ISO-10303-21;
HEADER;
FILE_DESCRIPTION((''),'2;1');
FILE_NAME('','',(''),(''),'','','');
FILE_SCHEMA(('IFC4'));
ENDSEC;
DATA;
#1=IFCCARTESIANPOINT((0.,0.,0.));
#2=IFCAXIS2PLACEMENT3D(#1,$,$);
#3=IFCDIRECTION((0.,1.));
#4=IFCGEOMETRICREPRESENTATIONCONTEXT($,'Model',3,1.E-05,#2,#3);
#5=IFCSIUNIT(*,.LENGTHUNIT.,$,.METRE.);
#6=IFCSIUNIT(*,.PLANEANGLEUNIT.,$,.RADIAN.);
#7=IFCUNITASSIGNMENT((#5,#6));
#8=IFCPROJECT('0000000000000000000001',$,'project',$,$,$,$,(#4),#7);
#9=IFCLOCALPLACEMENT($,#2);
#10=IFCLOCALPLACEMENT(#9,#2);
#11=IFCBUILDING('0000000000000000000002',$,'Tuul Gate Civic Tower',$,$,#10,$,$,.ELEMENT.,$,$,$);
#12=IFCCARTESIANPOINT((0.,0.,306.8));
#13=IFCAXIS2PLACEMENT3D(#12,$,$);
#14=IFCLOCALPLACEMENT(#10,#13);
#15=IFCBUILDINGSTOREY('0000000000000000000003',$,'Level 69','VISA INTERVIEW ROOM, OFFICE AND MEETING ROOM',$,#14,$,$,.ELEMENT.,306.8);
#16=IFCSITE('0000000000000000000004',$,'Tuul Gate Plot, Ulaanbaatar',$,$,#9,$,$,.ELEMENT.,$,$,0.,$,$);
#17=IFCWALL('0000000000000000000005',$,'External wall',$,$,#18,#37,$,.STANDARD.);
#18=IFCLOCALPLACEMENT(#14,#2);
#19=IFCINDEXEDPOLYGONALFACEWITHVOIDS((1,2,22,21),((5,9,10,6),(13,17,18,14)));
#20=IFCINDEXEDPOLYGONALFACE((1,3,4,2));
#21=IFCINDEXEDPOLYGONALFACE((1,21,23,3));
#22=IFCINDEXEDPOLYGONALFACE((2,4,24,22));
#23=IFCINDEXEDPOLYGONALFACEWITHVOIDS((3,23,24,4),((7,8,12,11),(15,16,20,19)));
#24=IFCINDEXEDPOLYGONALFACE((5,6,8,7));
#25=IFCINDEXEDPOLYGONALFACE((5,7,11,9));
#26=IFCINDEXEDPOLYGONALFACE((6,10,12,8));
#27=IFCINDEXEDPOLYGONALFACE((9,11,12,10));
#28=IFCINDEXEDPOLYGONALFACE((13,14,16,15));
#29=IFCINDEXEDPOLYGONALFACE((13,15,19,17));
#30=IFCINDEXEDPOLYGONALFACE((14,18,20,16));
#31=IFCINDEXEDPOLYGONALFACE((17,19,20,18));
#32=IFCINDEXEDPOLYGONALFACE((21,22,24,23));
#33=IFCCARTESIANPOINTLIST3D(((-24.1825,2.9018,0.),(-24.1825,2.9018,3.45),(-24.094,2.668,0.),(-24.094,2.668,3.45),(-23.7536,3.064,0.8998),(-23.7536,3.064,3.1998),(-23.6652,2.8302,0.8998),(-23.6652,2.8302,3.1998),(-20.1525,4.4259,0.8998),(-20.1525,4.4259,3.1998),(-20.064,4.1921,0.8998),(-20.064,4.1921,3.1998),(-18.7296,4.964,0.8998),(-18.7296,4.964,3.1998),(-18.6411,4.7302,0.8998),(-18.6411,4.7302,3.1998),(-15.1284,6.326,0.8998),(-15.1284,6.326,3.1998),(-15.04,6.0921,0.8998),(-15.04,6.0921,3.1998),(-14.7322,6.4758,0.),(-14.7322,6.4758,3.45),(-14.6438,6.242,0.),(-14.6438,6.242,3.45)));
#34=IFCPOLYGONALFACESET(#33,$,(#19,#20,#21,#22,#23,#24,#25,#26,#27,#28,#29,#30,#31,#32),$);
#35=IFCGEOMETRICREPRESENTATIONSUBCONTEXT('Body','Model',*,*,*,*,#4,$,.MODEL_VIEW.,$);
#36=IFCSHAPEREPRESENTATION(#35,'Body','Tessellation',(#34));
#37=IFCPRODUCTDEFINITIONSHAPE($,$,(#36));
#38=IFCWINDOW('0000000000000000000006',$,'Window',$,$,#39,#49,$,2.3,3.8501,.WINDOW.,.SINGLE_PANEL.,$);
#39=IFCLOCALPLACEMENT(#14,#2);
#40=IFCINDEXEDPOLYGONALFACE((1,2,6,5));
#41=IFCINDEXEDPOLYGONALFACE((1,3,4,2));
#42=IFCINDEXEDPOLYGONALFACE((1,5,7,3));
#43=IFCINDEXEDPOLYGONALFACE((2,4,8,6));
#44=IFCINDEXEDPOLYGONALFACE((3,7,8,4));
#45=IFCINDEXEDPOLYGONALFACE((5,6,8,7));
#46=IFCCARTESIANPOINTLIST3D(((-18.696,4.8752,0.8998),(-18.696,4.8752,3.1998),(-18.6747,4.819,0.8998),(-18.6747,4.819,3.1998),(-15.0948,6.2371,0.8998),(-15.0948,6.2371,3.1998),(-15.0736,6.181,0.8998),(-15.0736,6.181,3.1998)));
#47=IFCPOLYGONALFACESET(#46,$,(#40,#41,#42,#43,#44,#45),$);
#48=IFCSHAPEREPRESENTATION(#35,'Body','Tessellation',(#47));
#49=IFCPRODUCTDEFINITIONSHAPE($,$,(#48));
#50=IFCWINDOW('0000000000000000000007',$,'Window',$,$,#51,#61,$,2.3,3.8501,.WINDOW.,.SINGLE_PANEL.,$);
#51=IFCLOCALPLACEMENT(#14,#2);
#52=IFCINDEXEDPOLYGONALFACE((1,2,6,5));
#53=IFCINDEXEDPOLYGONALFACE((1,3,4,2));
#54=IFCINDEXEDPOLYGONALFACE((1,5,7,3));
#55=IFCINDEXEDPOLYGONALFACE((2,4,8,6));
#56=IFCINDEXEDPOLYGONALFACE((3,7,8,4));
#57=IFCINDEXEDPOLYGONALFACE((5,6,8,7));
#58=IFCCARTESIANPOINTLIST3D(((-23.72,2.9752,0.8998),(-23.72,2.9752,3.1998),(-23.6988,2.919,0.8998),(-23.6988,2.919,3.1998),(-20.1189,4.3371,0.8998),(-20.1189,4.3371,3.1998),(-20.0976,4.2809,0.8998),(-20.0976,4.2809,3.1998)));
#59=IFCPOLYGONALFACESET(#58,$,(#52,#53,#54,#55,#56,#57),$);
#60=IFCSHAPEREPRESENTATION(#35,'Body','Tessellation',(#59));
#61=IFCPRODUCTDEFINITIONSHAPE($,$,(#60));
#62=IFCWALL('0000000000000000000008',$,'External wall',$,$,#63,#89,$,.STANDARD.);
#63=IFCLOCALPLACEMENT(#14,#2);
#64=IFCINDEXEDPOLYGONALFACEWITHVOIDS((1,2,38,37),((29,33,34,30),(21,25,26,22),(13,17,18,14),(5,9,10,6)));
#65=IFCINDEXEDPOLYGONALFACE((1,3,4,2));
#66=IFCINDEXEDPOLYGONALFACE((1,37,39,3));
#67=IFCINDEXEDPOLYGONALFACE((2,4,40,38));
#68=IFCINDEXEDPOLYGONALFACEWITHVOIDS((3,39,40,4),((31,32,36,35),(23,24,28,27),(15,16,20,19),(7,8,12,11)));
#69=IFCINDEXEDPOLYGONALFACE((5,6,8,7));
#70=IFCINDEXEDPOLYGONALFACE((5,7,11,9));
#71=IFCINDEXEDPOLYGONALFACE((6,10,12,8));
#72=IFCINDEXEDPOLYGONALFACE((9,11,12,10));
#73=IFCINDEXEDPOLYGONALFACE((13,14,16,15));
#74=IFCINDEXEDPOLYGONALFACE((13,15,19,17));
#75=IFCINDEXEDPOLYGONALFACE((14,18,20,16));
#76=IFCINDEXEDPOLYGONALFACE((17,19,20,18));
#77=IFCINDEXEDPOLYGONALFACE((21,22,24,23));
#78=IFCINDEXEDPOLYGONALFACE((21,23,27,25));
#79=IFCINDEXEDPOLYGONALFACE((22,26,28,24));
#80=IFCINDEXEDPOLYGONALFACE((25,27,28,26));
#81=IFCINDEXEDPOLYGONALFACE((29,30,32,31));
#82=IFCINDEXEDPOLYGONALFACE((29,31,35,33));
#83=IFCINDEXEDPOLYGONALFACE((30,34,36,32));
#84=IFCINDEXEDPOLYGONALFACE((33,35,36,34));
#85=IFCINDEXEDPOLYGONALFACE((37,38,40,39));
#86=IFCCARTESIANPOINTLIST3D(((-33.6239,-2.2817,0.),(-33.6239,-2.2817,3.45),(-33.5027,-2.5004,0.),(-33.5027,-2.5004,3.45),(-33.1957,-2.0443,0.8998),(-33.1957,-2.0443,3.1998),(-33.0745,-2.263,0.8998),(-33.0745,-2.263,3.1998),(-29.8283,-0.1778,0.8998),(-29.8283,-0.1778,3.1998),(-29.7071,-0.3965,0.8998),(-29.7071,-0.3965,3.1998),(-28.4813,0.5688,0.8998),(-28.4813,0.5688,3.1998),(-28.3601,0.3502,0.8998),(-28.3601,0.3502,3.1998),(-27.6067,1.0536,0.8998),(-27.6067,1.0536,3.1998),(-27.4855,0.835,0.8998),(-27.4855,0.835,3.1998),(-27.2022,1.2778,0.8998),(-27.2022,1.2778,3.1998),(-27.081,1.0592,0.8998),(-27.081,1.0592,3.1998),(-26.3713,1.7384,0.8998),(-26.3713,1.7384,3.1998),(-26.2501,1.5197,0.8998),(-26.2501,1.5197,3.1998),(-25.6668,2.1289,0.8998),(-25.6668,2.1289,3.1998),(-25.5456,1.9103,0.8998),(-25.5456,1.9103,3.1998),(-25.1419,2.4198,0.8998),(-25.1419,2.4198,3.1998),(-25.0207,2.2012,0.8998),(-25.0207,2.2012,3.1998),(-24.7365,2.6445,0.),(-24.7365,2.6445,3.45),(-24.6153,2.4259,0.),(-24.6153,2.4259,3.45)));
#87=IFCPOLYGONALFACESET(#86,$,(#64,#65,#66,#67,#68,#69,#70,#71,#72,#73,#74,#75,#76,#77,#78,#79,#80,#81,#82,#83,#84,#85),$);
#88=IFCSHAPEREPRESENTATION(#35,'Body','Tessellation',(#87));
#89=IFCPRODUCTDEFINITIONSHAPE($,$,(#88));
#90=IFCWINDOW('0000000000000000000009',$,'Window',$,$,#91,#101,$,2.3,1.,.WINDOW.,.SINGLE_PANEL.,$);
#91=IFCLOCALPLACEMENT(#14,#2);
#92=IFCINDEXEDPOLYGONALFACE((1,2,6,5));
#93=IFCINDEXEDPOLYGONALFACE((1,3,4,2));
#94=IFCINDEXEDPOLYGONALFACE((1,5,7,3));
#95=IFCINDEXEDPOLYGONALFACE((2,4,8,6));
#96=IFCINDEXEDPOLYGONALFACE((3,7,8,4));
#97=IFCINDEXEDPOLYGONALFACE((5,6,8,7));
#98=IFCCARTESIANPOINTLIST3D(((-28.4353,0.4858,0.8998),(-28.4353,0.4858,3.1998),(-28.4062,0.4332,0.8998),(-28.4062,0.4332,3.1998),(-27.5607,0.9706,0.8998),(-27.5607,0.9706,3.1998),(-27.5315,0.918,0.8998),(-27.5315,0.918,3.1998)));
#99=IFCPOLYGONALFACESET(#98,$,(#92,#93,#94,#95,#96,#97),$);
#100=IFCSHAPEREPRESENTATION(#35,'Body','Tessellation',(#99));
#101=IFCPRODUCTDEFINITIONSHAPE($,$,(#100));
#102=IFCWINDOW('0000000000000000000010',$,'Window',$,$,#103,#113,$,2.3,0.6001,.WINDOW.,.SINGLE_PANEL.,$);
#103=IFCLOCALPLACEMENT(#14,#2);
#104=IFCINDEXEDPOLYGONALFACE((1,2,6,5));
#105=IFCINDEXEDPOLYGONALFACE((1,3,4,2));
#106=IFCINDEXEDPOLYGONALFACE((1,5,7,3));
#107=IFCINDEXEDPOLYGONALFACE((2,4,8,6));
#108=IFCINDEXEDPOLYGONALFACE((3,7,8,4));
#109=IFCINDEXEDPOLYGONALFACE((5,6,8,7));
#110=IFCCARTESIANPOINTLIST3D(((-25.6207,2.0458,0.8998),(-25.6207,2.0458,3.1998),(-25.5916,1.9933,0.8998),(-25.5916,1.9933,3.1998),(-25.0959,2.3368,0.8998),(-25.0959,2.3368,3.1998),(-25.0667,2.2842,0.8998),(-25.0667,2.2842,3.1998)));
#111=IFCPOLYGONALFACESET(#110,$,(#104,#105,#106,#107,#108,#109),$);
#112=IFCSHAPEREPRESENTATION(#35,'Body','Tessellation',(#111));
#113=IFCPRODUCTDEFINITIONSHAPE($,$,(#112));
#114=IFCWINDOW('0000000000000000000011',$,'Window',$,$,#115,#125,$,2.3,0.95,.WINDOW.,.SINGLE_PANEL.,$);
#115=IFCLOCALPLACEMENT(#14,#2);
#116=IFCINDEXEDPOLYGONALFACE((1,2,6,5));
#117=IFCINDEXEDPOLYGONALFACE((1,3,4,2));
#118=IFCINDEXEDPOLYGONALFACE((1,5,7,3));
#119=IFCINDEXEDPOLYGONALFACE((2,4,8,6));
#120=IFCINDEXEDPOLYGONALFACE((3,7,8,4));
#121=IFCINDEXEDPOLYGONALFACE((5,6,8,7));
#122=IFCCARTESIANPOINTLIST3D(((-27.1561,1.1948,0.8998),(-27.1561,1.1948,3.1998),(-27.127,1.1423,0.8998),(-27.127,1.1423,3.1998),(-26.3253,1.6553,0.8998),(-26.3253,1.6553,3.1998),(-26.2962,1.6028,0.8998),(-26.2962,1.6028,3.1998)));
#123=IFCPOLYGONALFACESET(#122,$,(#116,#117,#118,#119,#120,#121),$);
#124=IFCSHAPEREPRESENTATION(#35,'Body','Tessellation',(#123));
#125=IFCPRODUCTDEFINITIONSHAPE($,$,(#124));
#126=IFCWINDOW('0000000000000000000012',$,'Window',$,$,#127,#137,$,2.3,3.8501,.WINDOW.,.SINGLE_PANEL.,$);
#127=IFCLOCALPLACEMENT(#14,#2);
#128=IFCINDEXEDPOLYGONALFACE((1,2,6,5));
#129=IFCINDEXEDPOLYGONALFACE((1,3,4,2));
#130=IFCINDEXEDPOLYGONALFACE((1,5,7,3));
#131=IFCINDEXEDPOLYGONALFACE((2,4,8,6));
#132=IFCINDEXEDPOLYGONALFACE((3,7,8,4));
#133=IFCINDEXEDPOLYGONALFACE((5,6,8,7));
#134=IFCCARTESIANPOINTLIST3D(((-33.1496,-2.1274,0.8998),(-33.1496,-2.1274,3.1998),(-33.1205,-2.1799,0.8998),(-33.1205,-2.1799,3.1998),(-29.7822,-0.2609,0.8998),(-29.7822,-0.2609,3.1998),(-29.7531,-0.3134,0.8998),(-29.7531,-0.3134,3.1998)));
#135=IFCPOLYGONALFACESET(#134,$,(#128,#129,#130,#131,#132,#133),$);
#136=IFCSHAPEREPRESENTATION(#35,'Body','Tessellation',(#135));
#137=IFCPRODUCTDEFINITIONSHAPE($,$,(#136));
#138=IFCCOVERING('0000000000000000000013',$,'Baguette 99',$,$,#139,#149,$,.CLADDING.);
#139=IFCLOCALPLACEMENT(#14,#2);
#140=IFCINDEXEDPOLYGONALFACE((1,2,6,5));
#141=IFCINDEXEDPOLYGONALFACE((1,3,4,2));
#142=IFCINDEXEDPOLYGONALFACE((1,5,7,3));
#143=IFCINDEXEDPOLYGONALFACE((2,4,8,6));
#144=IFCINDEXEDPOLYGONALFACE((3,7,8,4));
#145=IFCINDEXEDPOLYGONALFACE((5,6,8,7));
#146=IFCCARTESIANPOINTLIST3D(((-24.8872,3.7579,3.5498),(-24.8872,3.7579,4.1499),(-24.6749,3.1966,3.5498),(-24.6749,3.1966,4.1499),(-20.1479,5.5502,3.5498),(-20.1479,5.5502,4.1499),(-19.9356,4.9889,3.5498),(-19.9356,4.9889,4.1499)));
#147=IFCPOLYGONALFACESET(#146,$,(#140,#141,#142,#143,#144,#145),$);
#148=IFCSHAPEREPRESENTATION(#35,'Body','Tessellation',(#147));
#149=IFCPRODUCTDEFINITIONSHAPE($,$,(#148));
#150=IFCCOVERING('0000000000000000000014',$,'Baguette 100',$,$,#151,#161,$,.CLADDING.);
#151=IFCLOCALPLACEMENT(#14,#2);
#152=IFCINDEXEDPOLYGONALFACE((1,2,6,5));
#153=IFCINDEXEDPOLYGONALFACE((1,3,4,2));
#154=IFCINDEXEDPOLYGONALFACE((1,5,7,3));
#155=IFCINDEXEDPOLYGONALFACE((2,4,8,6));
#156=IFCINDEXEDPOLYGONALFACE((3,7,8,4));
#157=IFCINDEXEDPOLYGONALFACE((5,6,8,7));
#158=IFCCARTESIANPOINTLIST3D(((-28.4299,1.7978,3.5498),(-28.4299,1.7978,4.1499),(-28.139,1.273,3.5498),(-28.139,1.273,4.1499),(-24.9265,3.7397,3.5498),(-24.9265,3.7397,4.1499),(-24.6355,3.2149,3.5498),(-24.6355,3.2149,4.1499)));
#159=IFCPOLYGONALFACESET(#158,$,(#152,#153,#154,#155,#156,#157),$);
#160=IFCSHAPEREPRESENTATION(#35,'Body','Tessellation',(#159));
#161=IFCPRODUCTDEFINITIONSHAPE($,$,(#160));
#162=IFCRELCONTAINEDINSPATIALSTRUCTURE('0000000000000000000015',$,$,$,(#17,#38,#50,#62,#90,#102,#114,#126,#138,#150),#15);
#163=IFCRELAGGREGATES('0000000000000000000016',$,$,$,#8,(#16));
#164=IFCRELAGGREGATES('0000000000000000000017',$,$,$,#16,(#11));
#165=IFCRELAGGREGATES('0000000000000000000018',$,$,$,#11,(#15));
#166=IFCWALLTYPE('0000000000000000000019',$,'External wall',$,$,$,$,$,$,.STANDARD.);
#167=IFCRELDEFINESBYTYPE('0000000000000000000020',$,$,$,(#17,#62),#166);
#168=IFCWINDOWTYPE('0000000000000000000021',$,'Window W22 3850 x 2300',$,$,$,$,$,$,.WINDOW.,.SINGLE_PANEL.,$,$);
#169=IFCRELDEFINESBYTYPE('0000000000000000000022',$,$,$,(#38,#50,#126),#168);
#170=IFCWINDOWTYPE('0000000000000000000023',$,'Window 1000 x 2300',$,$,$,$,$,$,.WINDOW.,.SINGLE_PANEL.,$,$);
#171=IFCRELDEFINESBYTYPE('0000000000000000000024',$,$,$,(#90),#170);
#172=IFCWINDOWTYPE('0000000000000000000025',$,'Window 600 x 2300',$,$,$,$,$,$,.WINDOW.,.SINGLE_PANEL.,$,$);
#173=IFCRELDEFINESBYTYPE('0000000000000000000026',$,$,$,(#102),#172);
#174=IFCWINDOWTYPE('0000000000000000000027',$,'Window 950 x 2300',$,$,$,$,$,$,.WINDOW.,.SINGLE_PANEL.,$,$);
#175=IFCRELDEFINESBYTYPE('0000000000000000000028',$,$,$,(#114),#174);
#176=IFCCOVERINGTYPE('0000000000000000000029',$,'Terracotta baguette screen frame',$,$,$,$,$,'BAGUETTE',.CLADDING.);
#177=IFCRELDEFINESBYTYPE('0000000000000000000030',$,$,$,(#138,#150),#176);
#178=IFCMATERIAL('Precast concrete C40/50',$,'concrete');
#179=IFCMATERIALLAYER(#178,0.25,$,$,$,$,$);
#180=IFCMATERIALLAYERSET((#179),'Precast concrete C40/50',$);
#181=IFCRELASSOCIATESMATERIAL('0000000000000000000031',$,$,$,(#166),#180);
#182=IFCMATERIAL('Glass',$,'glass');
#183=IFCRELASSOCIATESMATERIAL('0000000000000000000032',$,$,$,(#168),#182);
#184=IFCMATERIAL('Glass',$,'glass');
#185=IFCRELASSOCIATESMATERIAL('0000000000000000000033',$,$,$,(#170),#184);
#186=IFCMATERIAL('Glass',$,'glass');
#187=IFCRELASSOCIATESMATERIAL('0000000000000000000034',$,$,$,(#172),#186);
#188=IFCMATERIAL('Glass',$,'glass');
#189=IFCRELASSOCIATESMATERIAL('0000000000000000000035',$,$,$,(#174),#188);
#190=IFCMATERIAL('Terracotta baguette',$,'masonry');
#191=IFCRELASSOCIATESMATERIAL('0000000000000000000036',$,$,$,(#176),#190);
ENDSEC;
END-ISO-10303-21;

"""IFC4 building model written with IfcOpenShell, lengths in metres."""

from ifc_helpers import new_model, si_unit, direction, frame, frame_2d, origin, origin_2d, place, context, subcontext, project, spatial, rectangle, extrude, material, layer, layer_set, material_profile, profile_set, type_object, element, fill, save


model = new_model("IFC4")

# Units and contexts
model_context = context("Model", 3, precision=1e-05, world=origin(), true_north=direction((0.0, 1.0)))
body_context = subcontext(model_context, "Body", "Model", "MODEL_VIEW")
ifc_project = project(units=[si_unit("LENGTHUNIT", "METRE"), si_unit("PLANEANGLEUNIT", "RADIAN")], contexts=[model_context])

# Site, building, storey
site_placement = place(None, origin())
site = spatial("IfcSite", under=ifc_project, at=site_placement, Name="Tuul Gate Plot, Ulaanbaatar", CompositionType="ELEMENT", RefElevation=0.0)
building_placement = place(site_placement, origin())
building = spatial("IfcBuilding", under=site, at=building_placement, Name="Tuul Gate Civic Tower", CompositionType="ELEMENT")
storey_placement = place(building_placement, frame((0.0, 0.0, 306.8)))
storey = spatial("IfcBuildingStorey", under=building, at=storey_placement, Name="Level 69", Description="VISA INTERVIEW ROOM, OFFICE AND MEETING ROOM", CompositionType="ELEMENT", Elevation=306.8)

# Walls, openings, windows
ifc_material_1 = material(Name="Precast concrete C40/50", Category="concrete")
ifc_layer_1 = layer(ifc_material_1, 0.25)
ifc_layer_set_1 = layer_set([ifc_layer_1], Name="Precast concrete C40/50")
wall_type_1 = type_object("IfcWallType", Name="External wall", PredefinedType="STANDARD", material=ifc_layer_set_1)
wall_1_placement = place(storey_placement, frame((-14.688, 6.3589, 0.0), z_axis=(0.0, 0.0, 1.0), x_axis=(-0.935344, -0.353738, 0.0)))
wall_1 = element("IfcWall", 1, at=wall_1_placement, inside=storey, type_object=wall_type_1, Name="External wall", PredefinedType="STANDARD", context=body_context, shape_type="SweptSolid", body=[
    extrude(rectangle(XDim=10.1035, YDim=0.25, at=frame_2d((5.0518, 0.0))), origin(), (0.0, 0.0, 1.0), 3.45),
])
opening_1_placement = place(wall_1_placement, frame((0.4236, 0.0, 0.8999)))
opening_1 = element("IfcOpeningElement", 2, at=opening_1_placement, cuts=wall_1, PredefinedType="OPENING", context=body_context, shape_type="SweptSolid", body=[
    extrude(rectangle(XDim=3.8501, YDim=2.3, at=frame_2d((1.925, 1.1499))), frame((0.0, 0.135, 0.0), z_axis=(0.0, -1.0, 0.0), x_axis=(1.0, 0.0, 0.0)), (0.0, 0.0, 1.0), 0.27),
])
opening_2_placement = place(wall_1_placement, frame((5.7949, 0.0, 0.8999)))
opening_2 = element("IfcOpeningElement", 3, at=opening_2_placement, cuts=wall_1, PredefinedType="OPENING", context=body_context, shape_type="SweptSolid", body=[
    extrude(rectangle(XDim=3.8501, YDim=2.3, at=frame_2d((1.925, 1.1499))), frame((0.0, 0.135, 0.0), z_axis=(0.0, -1.0, 0.0), x_axis=(1.0, 0.0, 0.0)), (0.0, 0.0, 1.0), 0.27),
])
ifc_material_2 = material(Name="Glass", Category="glass")
window_type_1 = type_object("IfcWindowType", Name="Window W22 3850 x 2300", PartitioningType="SINGLE_PANEL", PredefinedType="WINDOW", material=ifc_material_2)
window_1_placement = place(opening_1_placement, origin())
window_1 = element("IfcWindow", 4, at=window_1_placement, inside=storey, type_object=window_type_1, Name="Window", OverallHeight=2.3, OverallWidth=3.8501, PartitioningType="SINGLE_PANEL", PredefinedType="WINDOW", context=body_context, shape_type="SweptSolid", body=[
    extrude(rectangle(XDim=3.8501, YDim=2.3, at=frame_2d((1.925, 1.1499))), frame((0.0, 0.03, 0.0), z_axis=(0.0, -1.0, 0.0), x_axis=(1.0, 0.0, 0.0)), (0.0, 0.0, 1.0), 0.0601),
])
fill(opening_1, window_1)
window_2_placement = place(opening_2_placement, origin())
window_2 = element("IfcWindow", 5, at=window_2_placement, inside=storey, type_object=window_type_1, Name="Window", OverallHeight=2.3, OverallWidth=3.8501, PartitioningType="SINGLE_PANEL", PredefinedType="WINDOW", context=body_context, shape_type="SweptSolid", body=[
    extrude(rectangle(XDim=3.8501, YDim=2.3, at=frame_2d((1.925, 1.1499))), frame((0.0, 0.03, 0.0), z_axis=(0.0, -1.0, 0.0), x_axis=(1.0, 0.0, 0.0)), (0.0, 0.0, 1.0), 0.0601),
])
fill(opening_2, window_2)
wall_2_placement = place(storey_placement, frame((-24.676, 2.5352, 0.0), z_axis=(0.0, 0.0, 1.0), x_axis=(-0.874625, -0.4848, 0.0)))
wall_2 = element("IfcWall", 6, at=wall_2_placement, inside=storey, type_object=wall_type_1, Name="External wall", PredefinedType="STANDARD", context=body_context, shape_type="SweptSolid", body=[
    extrude(rectangle(XDim=10.1614, YDim=0.25, at=frame_2d((5.0806, 0.0))), origin(), (0.0, 0.0, 1.0), 3.45),
])
opening_3_placement = place(wall_2_placement, frame((5.8215, 0.0, 0.8999)))
opening_3 = element("IfcOpeningElement", 7, at=opening_3_placement, cuts=wall_2, PredefinedType="OPENING", context=body_context, shape_type="SweptSolid", body=[
    extrude(rectangle(XDim=3.8501, YDim=2.3, at=frame_2d((1.925, 1.1499))), frame((0.0, 0.135, 0.0), z_axis=(0.0, -1.0, 0.0), x_axis=(1.0, 0.0, 0.0)), (0.0, 0.0, 1.0), 0.27),
])
opening_4_placement = place(wall_2_placement, frame((3.2815, 0.0, 0.8999)))
opening_4 = element("IfcOpeningElement", 8, at=opening_4_placement, cuts=wall_2, PredefinedType="OPENING", context=body_context, shape_type="SweptSolid", body=[
    extrude(rectangle(XDim=1.0, YDim=2.3, at=frame_2d((0.5, 1.1499))), frame((0.0, 0.135, 0.0), z_axis=(0.0, -1.0, 0.0), x_axis=(1.0, 0.0, 0.0)), (0.0, 0.0, 1.0), 0.27),
])
opening_5_placement = place(wall_2_placement, frame((0.4634, 0.0, 0.8999)))
opening_5 = element("IfcOpeningElement", 9, at=opening_5_placement, cuts=wall_2, PredefinedType="OPENING", context=body_context, shape_type="SweptSolid", body=[
    extrude(rectangle(XDim=0.6001, YDim=2.3, at=frame_2d((0.3, 1.1499))), frame((0.0, 0.135, 0.0), z_axis=(0.0, -1.0, 0.0), x_axis=(1.0, 0.0, 0.0)), (0.0, 0.0, 1.0), 0.27),
])
opening_6_placement = place(wall_2_placement, frame((1.8689, 0.0, 0.8999)))
opening_6 = element("IfcOpeningElement", 10, at=opening_6_placement, cuts=wall_2, PredefinedType="OPENING", context=body_context, shape_type="SweptSolid", body=[
    extrude(rectangle(XDim=0.95, YDim=2.3, at=frame_2d((0.4751, 1.1499))), frame((0.0, 0.135, 0.0), z_axis=(0.0, -1.0, 0.0), x_axis=(1.0, 0.0, 0.0)), (0.0, 0.0, 1.0), 0.27),
])
ifc_material_3 = material(Name="Glass", Category="glass")
window_type_2 = type_object("IfcWindowType", Name="Window 1000 x 2300", PartitioningType="SINGLE_PANEL", PredefinedType="WINDOW", material=ifc_material_3)
window_3_placement = place(opening_4_placement, origin())
window_3 = element("IfcWindow", 11, at=window_3_placement, inside=storey, type_object=window_type_2, Name="Window", OverallHeight=2.3, OverallWidth=1.0, PartitioningType="SINGLE_PANEL", PredefinedType="WINDOW", context=body_context, shape_type="SweptSolid", body=[
    extrude(rectangle(XDim=1.0, YDim=2.3, at=frame_2d((0.5, 1.1499))), frame((0.0, 0.03, 0.0), z_axis=(0.0, -1.0, 0.0), x_axis=(1.0, 0.0, 0.0)), (0.0, 0.0, 1.0), 0.0601),
])
fill(opening_4, window_3)
ifc_material_4 = material(Name="Glass", Category="glass")
window_type_3 = type_object("IfcWindowType", Name="Window 600 x 2300", PartitioningType="SINGLE_PANEL", PredefinedType="WINDOW", material=ifc_material_4)
window_4_placement = place(opening_5_placement, origin())
window_4 = element("IfcWindow", 12, at=window_4_placement, inside=storey, type_object=window_type_3, Name="Window", OverallHeight=2.3, OverallWidth=0.6001, PartitioningType="SINGLE_PANEL", PredefinedType="WINDOW", context=body_context, shape_type="SweptSolid", body=[
    extrude(rectangle(XDim=0.6001, YDim=2.3, at=frame_2d((0.3, 1.1499))), frame((0.0, 0.03, 0.0), z_axis=(0.0, -1.0, 0.0), x_axis=(1.0, 0.0, 0.0)), (0.0, 0.0, 1.0), 0.0601),
])
fill(opening_5, window_4)
ifc_material_5 = material(Name="Glass", Category="glass")
window_type_4 = type_object("IfcWindowType", Name="Window 950 x 2300", PartitioningType="SINGLE_PANEL", PredefinedType="WINDOW", material=ifc_material_5)
window_5_placement = place(opening_6_placement, origin())
window_5 = element("IfcWindow", 13, at=window_5_placement, inside=storey, type_object=window_type_4, Name="Window", OverallHeight=2.3, OverallWidth=0.95, PartitioningType="SINGLE_PANEL", PredefinedType="WINDOW", context=body_context, shape_type="SweptSolid", body=[
    extrude(rectangle(XDim=0.95, YDim=2.3, at=frame_2d((0.4751, 1.1499))), frame((0.0, 0.03, 0.0), z_axis=(0.0, -1.0, 0.0), x_axis=(1.0, 0.0, 0.0)), (0.0, 0.0, 1.0), 0.0601),
])
fill(opening_6, window_5)
window_6_placement = place(opening_3_placement, origin())
window_6 = element("IfcWindow", 14, at=window_6_placement, inside=storey, type_object=window_type_1, Name="Window", OverallHeight=2.3, OverallWidth=3.8501, PartitioningType="SINGLE_PANEL", PredefinedType="WINDOW", context=body_context, shape_type="SweptSolid", body=[
    extrude(rectangle(XDim=3.8501, YDim=2.3, at=frame_2d((1.925, 1.1499))), frame((0.0, 0.03, 0.0), z_axis=(0.0, -1.0, 0.0), x_axis=(1.0, 0.0, 0.0)), (0.0, 0.0, 1.0), 0.0601),
])
fill(opening_3, window_6)

# Coverings
ifc_material_6 = material(Name="Terracotta baguette", Category="masonry")
ifc_material_profile_1 = material_profile(ifc_material_6, rectangle(XDim=0.6001, YDim=0.6001, at=origin_2d()), Name="Terracotta baguette screen frame")
ifc_profile_set_1 = profile_set([ifc_material_profile_1], Name="Terracotta baguette")
covering_type = type_object("IfcCoveringType", Name="Terracotta baguette screen frame", ElementType="BAGUETTE", PredefinedType="CLADDING", material=ifc_profile_set_1)
covering_1_placement = place(storey_placement, frame((-20.0417, 5.2695, 3.8499), z_axis=(-0.935351, -0.35372, 0.0), x_axis=(0.35372, -0.935351, 0.0)))
element("IfcCovering", 15, at=covering_1_placement, inside=storey, type_object=covering_type, Name="Baguette 99", PredefinedType="CLADDING", context=body_context, shape_type="SweptSolid", body=[
    extrude(rectangle(XDim=0.6001, YDim=0.6001, at=origin_2d()), origin(), (0.0, 0.0, 1.0), 5.0669),
])
covering_2_placement = place(storey_placement, frame((-24.781, 3.4773, 3.8499), z_axis=(-0.874628, -0.484794, 0.0), x_axis=(0.484794, -0.874628, 0.0)))
element("IfcCovering", 16, at=covering_2_placement, inside=storey, type_object=covering_type, Name="Baguette 100", PredefinedType="CLADDING", context=body_context, shape_type="SweptSolid", body=[
    extrude(rectangle(XDim=0.6001, YDim=0.6001, at=origin_2d()), origin(), (0.0, 0.0, 1.0), 4.0056),
])

save(model, "model.ifc")
